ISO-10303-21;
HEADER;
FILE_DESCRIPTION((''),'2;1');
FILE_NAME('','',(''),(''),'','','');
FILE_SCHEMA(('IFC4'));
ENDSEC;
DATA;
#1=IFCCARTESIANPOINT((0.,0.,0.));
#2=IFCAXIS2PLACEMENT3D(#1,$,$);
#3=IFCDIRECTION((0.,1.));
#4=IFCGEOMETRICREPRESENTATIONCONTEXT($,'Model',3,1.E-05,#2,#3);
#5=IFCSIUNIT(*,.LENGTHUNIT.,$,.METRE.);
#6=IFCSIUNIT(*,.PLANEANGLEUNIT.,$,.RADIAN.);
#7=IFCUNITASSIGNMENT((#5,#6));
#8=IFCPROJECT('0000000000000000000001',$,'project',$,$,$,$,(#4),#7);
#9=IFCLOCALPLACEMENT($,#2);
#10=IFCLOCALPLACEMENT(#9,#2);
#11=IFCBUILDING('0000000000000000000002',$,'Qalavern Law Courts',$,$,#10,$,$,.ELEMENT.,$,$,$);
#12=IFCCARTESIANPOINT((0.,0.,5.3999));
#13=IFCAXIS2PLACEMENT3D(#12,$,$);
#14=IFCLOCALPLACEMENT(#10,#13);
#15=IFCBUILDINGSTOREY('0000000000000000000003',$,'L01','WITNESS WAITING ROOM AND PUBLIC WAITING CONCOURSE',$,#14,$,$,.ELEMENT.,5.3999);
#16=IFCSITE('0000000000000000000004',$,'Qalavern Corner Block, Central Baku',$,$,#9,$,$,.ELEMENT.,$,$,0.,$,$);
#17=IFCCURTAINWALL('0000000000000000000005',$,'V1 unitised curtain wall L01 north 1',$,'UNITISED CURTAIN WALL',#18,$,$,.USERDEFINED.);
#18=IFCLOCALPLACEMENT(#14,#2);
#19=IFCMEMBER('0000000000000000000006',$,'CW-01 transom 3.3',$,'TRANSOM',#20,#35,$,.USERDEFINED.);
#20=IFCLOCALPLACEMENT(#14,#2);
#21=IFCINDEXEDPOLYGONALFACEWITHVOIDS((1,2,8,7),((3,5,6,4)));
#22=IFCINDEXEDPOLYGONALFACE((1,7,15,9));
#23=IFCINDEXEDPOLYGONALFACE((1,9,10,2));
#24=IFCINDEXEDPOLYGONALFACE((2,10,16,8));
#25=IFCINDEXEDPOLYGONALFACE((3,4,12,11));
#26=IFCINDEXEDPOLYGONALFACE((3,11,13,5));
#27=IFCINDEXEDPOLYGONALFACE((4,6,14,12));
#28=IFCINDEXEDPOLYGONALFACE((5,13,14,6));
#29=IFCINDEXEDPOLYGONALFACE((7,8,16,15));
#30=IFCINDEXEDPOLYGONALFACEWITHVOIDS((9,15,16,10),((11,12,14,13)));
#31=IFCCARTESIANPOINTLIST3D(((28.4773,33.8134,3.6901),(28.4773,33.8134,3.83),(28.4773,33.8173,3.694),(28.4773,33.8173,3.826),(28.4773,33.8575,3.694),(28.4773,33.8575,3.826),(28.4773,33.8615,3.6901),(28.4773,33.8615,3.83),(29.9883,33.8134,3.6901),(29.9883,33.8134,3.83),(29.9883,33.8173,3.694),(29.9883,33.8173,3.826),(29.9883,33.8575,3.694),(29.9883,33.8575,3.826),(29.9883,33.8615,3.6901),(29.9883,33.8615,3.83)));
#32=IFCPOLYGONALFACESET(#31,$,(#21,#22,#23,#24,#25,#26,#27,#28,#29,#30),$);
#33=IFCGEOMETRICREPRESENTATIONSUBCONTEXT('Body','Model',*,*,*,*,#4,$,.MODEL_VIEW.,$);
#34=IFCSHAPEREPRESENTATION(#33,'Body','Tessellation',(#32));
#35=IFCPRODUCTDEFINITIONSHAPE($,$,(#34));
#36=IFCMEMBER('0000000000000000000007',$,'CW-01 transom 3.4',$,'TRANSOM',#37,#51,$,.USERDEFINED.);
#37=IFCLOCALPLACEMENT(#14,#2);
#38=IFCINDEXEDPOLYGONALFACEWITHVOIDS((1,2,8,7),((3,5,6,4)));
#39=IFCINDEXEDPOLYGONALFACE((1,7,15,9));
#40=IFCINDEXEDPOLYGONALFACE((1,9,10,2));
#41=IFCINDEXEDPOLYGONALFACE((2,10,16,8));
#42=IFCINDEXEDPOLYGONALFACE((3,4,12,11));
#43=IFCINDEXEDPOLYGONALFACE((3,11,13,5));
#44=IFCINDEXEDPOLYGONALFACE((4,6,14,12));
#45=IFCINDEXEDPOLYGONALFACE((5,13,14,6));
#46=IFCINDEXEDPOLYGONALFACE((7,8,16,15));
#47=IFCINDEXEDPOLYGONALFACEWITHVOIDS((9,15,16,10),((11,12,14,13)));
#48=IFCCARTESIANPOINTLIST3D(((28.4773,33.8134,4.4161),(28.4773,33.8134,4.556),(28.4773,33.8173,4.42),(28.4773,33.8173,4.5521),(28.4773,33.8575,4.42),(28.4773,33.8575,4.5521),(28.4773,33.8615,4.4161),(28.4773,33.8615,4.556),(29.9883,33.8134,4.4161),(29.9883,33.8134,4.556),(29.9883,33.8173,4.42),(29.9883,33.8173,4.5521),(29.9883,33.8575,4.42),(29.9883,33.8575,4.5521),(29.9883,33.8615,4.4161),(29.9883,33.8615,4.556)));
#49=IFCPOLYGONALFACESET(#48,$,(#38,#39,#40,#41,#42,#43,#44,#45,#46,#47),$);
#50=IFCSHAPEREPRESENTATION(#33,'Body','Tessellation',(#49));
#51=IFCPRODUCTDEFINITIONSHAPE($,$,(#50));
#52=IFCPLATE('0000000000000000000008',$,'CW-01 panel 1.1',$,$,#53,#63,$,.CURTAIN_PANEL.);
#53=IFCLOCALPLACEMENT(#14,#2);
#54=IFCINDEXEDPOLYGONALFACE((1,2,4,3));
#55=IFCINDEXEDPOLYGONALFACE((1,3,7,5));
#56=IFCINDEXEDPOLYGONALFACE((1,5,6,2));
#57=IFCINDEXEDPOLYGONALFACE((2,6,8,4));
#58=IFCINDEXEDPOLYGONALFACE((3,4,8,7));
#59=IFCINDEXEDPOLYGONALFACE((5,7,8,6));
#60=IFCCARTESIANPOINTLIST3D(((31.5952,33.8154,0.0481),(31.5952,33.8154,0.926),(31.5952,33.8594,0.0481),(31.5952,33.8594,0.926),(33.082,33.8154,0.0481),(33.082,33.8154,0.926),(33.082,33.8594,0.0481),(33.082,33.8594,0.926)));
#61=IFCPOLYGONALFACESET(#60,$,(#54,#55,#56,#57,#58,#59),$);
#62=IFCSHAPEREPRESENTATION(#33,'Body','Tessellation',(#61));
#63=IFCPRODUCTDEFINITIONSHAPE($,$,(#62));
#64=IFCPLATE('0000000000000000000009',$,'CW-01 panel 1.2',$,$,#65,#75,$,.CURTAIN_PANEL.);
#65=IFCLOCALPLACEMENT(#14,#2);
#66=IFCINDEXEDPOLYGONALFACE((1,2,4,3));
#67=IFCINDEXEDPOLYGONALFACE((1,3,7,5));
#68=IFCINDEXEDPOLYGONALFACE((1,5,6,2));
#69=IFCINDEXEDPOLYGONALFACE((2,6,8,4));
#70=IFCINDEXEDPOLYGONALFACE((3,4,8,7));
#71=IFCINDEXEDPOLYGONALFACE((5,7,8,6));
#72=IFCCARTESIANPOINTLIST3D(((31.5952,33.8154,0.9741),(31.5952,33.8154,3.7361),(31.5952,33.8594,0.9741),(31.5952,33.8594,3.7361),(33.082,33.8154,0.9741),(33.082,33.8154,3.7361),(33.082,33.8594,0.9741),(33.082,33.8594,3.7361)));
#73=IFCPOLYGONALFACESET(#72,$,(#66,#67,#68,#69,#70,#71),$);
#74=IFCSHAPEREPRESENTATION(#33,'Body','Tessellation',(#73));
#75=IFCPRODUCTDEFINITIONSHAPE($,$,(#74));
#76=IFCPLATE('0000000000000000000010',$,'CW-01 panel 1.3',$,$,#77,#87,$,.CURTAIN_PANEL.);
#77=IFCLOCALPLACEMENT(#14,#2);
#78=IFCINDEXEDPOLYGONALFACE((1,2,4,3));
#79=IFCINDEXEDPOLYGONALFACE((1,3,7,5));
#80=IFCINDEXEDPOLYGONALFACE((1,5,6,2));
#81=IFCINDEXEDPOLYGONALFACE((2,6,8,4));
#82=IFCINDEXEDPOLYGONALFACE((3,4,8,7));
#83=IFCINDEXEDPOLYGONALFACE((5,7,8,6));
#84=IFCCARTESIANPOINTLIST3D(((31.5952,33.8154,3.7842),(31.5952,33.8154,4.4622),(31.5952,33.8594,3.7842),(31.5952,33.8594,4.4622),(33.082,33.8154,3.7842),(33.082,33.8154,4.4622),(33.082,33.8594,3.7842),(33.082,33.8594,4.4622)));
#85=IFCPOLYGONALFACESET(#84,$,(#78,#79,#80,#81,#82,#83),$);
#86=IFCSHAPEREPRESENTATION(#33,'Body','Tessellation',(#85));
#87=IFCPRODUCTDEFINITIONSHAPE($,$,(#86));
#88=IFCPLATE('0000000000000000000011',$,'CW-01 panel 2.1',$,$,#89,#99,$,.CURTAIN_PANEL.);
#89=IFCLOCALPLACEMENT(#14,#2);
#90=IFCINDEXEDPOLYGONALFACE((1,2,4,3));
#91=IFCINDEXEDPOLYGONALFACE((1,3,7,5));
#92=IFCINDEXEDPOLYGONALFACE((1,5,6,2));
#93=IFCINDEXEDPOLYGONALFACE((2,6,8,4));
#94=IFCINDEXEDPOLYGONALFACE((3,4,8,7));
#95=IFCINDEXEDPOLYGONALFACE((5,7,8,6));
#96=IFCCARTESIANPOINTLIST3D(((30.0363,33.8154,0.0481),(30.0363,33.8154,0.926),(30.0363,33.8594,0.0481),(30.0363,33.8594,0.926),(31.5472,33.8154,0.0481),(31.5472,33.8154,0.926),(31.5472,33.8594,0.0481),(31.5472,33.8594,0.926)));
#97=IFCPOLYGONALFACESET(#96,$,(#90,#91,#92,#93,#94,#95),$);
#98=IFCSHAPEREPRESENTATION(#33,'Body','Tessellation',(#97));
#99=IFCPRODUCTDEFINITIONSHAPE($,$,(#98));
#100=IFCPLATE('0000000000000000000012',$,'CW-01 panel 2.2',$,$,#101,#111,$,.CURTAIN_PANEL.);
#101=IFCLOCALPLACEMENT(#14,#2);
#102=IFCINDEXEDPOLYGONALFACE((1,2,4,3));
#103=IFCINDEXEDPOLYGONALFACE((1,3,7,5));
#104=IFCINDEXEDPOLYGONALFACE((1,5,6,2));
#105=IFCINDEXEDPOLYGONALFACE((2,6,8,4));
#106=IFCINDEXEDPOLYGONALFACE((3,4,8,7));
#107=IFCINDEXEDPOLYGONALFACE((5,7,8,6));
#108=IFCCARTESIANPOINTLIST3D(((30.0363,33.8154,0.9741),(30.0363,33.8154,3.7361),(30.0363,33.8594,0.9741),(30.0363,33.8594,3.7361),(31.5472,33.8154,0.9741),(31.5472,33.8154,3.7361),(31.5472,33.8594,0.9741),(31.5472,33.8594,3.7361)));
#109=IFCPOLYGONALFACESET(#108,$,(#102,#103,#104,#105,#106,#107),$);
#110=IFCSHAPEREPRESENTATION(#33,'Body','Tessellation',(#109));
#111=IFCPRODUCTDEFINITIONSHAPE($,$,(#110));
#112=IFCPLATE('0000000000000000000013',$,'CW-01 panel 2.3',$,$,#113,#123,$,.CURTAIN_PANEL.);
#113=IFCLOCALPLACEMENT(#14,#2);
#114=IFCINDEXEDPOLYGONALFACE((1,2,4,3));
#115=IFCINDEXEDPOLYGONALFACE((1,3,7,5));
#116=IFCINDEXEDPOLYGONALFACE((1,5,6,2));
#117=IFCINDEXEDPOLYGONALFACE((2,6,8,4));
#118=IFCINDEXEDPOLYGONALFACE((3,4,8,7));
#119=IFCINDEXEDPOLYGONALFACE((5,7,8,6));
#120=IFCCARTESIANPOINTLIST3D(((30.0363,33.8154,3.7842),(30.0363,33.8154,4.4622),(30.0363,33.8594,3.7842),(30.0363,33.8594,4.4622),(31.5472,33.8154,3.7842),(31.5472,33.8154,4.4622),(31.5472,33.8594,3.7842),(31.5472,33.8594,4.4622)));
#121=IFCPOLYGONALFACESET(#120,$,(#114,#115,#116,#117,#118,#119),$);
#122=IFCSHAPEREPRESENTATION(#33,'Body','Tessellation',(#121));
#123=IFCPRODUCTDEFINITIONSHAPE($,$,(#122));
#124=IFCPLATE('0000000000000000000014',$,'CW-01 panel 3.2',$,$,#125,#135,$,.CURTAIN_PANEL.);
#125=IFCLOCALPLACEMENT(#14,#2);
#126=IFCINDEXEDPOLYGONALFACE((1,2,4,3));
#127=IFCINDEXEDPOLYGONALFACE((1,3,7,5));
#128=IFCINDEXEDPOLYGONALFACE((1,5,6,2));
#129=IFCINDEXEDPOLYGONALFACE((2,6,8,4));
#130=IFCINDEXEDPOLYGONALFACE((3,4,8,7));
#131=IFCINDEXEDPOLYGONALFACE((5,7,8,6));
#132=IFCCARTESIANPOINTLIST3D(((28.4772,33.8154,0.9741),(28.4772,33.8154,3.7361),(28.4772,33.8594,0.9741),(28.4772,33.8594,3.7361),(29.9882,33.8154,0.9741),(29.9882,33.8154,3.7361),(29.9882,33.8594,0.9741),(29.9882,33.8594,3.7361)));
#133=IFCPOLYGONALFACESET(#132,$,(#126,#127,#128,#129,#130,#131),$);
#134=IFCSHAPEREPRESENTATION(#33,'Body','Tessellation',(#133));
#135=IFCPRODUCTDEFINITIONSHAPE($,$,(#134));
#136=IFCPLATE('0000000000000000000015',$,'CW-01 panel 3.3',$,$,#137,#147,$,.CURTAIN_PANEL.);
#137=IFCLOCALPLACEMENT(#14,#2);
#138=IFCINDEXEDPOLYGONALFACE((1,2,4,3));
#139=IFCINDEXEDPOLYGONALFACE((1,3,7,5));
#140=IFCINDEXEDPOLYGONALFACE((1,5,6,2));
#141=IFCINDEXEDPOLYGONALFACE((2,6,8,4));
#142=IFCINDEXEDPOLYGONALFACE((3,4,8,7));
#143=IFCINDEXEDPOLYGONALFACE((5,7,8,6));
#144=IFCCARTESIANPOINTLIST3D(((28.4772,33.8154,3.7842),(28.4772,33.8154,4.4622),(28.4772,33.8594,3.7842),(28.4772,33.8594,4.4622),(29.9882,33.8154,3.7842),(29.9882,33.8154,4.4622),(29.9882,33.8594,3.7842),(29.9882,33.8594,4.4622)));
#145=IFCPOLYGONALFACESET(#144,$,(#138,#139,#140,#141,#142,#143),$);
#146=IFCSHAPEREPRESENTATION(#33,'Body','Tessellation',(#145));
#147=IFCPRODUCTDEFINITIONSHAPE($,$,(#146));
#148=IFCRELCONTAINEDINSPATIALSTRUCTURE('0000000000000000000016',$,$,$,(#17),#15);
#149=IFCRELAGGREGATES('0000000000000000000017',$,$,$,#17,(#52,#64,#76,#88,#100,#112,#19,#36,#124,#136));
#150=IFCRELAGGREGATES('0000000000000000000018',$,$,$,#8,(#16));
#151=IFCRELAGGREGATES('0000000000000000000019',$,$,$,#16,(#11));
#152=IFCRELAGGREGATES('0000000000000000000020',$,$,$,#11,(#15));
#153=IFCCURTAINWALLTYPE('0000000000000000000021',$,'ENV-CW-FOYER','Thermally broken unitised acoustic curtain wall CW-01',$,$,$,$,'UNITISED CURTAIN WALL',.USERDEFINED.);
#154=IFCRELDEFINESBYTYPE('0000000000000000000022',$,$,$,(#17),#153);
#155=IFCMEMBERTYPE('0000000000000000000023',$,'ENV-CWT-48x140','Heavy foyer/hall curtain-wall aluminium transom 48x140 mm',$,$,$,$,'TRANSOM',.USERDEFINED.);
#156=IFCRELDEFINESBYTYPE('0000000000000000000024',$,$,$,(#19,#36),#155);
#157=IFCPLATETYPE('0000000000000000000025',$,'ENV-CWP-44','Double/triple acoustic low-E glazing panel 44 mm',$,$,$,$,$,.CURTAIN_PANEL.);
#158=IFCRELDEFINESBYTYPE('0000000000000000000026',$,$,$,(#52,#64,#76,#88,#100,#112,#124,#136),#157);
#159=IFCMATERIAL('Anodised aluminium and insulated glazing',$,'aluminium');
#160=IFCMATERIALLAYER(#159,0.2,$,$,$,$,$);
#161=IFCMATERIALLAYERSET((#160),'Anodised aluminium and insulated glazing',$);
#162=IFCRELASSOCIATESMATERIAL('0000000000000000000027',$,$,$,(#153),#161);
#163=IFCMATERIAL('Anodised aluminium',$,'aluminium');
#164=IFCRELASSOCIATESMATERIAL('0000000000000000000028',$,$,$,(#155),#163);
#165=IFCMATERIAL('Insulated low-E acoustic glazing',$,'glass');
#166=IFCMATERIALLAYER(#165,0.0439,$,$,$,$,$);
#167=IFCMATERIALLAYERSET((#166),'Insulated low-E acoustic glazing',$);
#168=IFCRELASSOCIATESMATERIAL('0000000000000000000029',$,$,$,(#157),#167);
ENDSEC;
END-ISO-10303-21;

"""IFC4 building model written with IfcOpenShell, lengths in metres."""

from ifc_helpers import new_model, si_unit, direction, frame, origin, origin_2d, place, context, subcontext, project, spatial, rectangle, hollow_rectangle, extrude, material, layer, layer_set, material_profile, profile_set, type_object, element, aggregate, save


model = new_model("IFC4")

# Units and contexts
model_context = context("Model", 3, precision=1e-05, world=origin(), true_north=direction((0.0, 1.0)))
body_context = subcontext(model_context, "Body", "Model", "MODEL_VIEW")
ifc_project = project(units=[si_unit("LENGTHUNIT", "METRE"), si_unit("PLANEANGLEUNIT", "RADIAN")], contexts=[model_context])

# Site, building, storey
site_placement = place(None, origin())
site = spatial("IfcSite", under=ifc_project, at=site_placement, Name="Qalavern Corner Block, Central Baku", CompositionType="ELEMENT", RefElevation=0.0)
building_placement = place(site_placement, origin())
building = spatial("IfcBuilding", under=site, at=building_placement, Name="Qalavern Law Courts", CompositionType="ELEMENT")
storey_placement = place(building_placement, frame((0.0, 0.0, 5.3999)))
storey = spatial("IfcBuildingStorey", under=building, at=storey_placement, Name="L01", Description="WITNESS WAITING ROOM AND PUBLIC WAITING CONCOURSE", CompositionType="ELEMENT", Elevation=5.3999)

# Curtain wall, members, plates
ifc_material_1 = material(Name="Anodised aluminium and insulated glazing", Category="aluminium")
ifc_layer_1 = layer(ifc_material_1, 0.2)
ifc_layer_set_1 = layer_set([ifc_layer_1], Name="Anodised aluminium and insulated glazing")
curtain_wall_type = type_object("IfcCurtainWallType", Name="ENV-CW-FOYER", Description="Thermally broken unitised acoustic curtain wall CW-01", ElementType="UNITISED CURTAIN WALL", PredefinedType="USERDEFINED", material=ifc_layer_set_1)
curtain_wall_placement = place(storey_placement, origin())
curtain_wall = element("IfcCurtainWall", 1, at=curtain_wall_placement, inside=storey, type_object=curtain_wall_type, Name="V1 unitised curtain wall L01 north 1", ObjectType="UNITISED CURTAIN WALL", PredefinedType="USERDEFINED")
ifc_material_2 = material(Name="Anodised aluminium", Category="aluminium")
ifc_material_profile_1 = material_profile(ifc_material_2, hollow_rectangle(XDim=0.0481, YDim=0.1399, WallThickness=0.0039, at=origin_2d()), Name="ALU TRANSOM 48x140")
ifc_profile_set_1 = profile_set([ifc_material_profile_1], Name="Anodised aluminium")
member_type_1 = type_object("IfcMemberType", Name="ENV-CWT-48x140", Description="Heavy foyer/hall curtain-wall aluminium transom 48x140 mm", ElementType="TRANSOM", PredefinedType="USERDEFINED", material=ifc_profile_set_1)
member_1_placement = place(storey_placement, frame((29.9883, 33.8374, 3.76), z_axis=(-1.0, 0.0, 0.0), x_axis=(0.0, -1.0, 0.0)))
member_1 = element("IfcMember", 2, at=member_1_placement, type_object=member_type_1, Name="CW-01 transom 3.3", ObjectType="TRANSOM", PredefinedType="USERDEFINED", context=body_context, shape_type="SweptSolid", body=[
    extrude(hollow_rectangle(XDim=0.0481, YDim=0.1399, WallThickness=0.0039, at=origin_2d()), origin(), (0.0, 0.0, 1.0), 1.511),
])
member_2_placement = place(storey_placement, frame((29.9883, 33.8374, 4.4861), z_axis=(-1.0, 0.0, 0.0), x_axis=(0.0, -1.0, 0.0)))
member_2 = element("IfcMember", 3, at=member_2_placement, type_object=member_type_1, Name="CW-01 transom 3.4", ObjectType="TRANSOM", PredefinedType="USERDEFINED", context=body_context, shape_type="SweptSolid", body=[
    extrude(hollow_rectangle(XDim=0.0481, YDim=0.1399, WallThickness=0.0039, at=origin_2d()), origin(), (0.0, 0.0, 1.0), 1.511),
])
ifc_material_3 = material(Name="Insulated low-E acoustic glazing", Category="glass")
ifc_layer_2 = layer(ifc_material_3, 0.0439)
ifc_layer_set_2 = layer_set([ifc_layer_2], Name="Insulated low-E acoustic glazing")
plate_type = type_object("IfcPlateType", Name="ENV-CWP-44", Description="Double/triple acoustic low-E glazing panel 44 mm", PredefinedType="CURTAIN_PANEL", material=ifc_layer_set_2)
plate_1_placement = place(storey_placement, frame((32.3386, 33.8374, 0.0481), z_axis=(0.0, 0.0, 1.0), x_axis=(-1.0, 0.0, 0.0)))
plate_1 = element("IfcPlate", 4, at=plate_1_placement, type_object=plate_type, Name="CW-01 panel 1.1", PredefinedType="CURTAIN_PANEL", context=body_context, shape_type="SweptSolid", body=[
    extrude(rectangle(XDim=1.4868, YDim=0.0439, at=origin_2d()), origin(), (0.0, 0.0, 1.0), 0.8779),
])
plate_2_placement = place(storey_placement, frame((32.3386, 33.8374, 0.9741), z_axis=(0.0, 0.0, 1.0), x_axis=(-1.0, 0.0, 0.0)))
plate_2 = element("IfcPlate", 5, at=plate_2_placement, type_object=plate_type, Name="CW-01 panel 1.2", PredefinedType="CURTAIN_PANEL", context=body_context, shape_type="SweptSolid", body=[
    extrude(rectangle(XDim=1.4868, YDim=0.0439, at=origin_2d()), origin(), (0.0, 0.0, 1.0), 2.762),
])
plate_3_placement = place(storey_placement, frame((32.3386, 33.8374, 3.7842), z_axis=(0.0, 0.0, 1.0), x_axis=(-1.0, 0.0, 0.0)))
plate_3 = element("IfcPlate", 6, at=plate_3_placement, type_object=plate_type, Name="CW-01 panel 1.3", PredefinedType="CURTAIN_PANEL", context=body_context, shape_type="SweptSolid", body=[
    extrude(rectangle(XDim=1.4868, YDim=0.0439, at=origin_2d()), origin(), (0.0, 0.0, 1.0), 0.678),
])
plate_4_placement = place(storey_placement, frame((30.7917, 33.8374, 0.0481), z_axis=(0.0, 0.0, 1.0), x_axis=(-1.0, 0.0, 0.0)))
plate_4 = element("IfcPlate", 7, at=plate_4_placement, type_object=plate_type, Name="CW-01 panel 2.1", PredefinedType="CURTAIN_PANEL", context=body_context, shape_type="SweptSolid", body=[
    extrude(rectangle(XDim=1.511, YDim=0.0439, at=origin_2d()), origin(), (0.0, 0.0, 1.0), 0.8779),
])
plate_5_placement = place(storey_placement, frame((30.7917, 33.8374, 0.9741), z_axis=(0.0, 0.0, 1.0), x_axis=(-1.0, 0.0, 0.0)))
plate_5 = element("IfcPlate", 8, at=plate_5_placement, type_object=plate_type, Name="CW-01 panel 2.2", PredefinedType="CURTAIN_PANEL", context=body_context, shape_type="SweptSolid", body=[
    extrude(rectangle(XDim=1.511, YDim=0.0439, at=origin_2d()), origin(), (0.0, 0.0, 1.0), 2.762),
])
plate_6_placement = place(storey_placement, frame((30.7917, 33.8374, 3.7842), z_axis=(0.0, 0.0, 1.0), x_axis=(-1.0, 0.0, 0.0)))
plate_6 = element("IfcPlate", 9, at=plate_6_placement, type_object=plate_type, Name="CW-01 panel 2.3", PredefinedType="CURTAIN_PANEL", context=body_context, shape_type="SweptSolid", body=[
    extrude(rectangle(XDim=1.511, YDim=0.0439, at=origin_2d()), origin(), (0.0, 0.0, 1.0), 0.678),
])
plate_7_placement = place(storey_placement, frame((29.2327, 33.8374, 0.9741), z_axis=(0.0, 0.0, 1.0), x_axis=(-1.0, 0.0, 0.0)))
plate_7 = element("IfcPlate", 10, at=plate_7_placement, type_object=plate_type, Name="CW-01 panel 3.2", PredefinedType="CURTAIN_PANEL", context=body_context, shape_type="SweptSolid", body=[
    extrude(rectangle(XDim=1.511, YDim=0.0439, at=origin_2d()), origin(), (0.0, 0.0, 1.0), 2.762),
])
plate_8_placement = place(storey_placement, frame((29.2327, 33.8374, 3.7842), z_axis=(0.0, 0.0, 1.0), x_axis=(-1.0, 0.0, 0.0)))
plate_8 = element("IfcPlate", 11, at=plate_8_placement, type_object=plate_type, Name="CW-01 panel 3.3", PredefinedType="CURTAIN_PANEL", context=body_context, shape_type="SweptSolid", body=[
    extrude(rectangle(XDim=1.511, YDim=0.0439, at=origin_2d()), origin(), (0.0, 0.0, 1.0), 0.678),
])
aggregate(curtain_wall, [plate_1, plate_2, plate_3, plate_4, plate_5, plate_6, member_1, member_2, plate_7, plate_8])

save(model, "model.ifc")
